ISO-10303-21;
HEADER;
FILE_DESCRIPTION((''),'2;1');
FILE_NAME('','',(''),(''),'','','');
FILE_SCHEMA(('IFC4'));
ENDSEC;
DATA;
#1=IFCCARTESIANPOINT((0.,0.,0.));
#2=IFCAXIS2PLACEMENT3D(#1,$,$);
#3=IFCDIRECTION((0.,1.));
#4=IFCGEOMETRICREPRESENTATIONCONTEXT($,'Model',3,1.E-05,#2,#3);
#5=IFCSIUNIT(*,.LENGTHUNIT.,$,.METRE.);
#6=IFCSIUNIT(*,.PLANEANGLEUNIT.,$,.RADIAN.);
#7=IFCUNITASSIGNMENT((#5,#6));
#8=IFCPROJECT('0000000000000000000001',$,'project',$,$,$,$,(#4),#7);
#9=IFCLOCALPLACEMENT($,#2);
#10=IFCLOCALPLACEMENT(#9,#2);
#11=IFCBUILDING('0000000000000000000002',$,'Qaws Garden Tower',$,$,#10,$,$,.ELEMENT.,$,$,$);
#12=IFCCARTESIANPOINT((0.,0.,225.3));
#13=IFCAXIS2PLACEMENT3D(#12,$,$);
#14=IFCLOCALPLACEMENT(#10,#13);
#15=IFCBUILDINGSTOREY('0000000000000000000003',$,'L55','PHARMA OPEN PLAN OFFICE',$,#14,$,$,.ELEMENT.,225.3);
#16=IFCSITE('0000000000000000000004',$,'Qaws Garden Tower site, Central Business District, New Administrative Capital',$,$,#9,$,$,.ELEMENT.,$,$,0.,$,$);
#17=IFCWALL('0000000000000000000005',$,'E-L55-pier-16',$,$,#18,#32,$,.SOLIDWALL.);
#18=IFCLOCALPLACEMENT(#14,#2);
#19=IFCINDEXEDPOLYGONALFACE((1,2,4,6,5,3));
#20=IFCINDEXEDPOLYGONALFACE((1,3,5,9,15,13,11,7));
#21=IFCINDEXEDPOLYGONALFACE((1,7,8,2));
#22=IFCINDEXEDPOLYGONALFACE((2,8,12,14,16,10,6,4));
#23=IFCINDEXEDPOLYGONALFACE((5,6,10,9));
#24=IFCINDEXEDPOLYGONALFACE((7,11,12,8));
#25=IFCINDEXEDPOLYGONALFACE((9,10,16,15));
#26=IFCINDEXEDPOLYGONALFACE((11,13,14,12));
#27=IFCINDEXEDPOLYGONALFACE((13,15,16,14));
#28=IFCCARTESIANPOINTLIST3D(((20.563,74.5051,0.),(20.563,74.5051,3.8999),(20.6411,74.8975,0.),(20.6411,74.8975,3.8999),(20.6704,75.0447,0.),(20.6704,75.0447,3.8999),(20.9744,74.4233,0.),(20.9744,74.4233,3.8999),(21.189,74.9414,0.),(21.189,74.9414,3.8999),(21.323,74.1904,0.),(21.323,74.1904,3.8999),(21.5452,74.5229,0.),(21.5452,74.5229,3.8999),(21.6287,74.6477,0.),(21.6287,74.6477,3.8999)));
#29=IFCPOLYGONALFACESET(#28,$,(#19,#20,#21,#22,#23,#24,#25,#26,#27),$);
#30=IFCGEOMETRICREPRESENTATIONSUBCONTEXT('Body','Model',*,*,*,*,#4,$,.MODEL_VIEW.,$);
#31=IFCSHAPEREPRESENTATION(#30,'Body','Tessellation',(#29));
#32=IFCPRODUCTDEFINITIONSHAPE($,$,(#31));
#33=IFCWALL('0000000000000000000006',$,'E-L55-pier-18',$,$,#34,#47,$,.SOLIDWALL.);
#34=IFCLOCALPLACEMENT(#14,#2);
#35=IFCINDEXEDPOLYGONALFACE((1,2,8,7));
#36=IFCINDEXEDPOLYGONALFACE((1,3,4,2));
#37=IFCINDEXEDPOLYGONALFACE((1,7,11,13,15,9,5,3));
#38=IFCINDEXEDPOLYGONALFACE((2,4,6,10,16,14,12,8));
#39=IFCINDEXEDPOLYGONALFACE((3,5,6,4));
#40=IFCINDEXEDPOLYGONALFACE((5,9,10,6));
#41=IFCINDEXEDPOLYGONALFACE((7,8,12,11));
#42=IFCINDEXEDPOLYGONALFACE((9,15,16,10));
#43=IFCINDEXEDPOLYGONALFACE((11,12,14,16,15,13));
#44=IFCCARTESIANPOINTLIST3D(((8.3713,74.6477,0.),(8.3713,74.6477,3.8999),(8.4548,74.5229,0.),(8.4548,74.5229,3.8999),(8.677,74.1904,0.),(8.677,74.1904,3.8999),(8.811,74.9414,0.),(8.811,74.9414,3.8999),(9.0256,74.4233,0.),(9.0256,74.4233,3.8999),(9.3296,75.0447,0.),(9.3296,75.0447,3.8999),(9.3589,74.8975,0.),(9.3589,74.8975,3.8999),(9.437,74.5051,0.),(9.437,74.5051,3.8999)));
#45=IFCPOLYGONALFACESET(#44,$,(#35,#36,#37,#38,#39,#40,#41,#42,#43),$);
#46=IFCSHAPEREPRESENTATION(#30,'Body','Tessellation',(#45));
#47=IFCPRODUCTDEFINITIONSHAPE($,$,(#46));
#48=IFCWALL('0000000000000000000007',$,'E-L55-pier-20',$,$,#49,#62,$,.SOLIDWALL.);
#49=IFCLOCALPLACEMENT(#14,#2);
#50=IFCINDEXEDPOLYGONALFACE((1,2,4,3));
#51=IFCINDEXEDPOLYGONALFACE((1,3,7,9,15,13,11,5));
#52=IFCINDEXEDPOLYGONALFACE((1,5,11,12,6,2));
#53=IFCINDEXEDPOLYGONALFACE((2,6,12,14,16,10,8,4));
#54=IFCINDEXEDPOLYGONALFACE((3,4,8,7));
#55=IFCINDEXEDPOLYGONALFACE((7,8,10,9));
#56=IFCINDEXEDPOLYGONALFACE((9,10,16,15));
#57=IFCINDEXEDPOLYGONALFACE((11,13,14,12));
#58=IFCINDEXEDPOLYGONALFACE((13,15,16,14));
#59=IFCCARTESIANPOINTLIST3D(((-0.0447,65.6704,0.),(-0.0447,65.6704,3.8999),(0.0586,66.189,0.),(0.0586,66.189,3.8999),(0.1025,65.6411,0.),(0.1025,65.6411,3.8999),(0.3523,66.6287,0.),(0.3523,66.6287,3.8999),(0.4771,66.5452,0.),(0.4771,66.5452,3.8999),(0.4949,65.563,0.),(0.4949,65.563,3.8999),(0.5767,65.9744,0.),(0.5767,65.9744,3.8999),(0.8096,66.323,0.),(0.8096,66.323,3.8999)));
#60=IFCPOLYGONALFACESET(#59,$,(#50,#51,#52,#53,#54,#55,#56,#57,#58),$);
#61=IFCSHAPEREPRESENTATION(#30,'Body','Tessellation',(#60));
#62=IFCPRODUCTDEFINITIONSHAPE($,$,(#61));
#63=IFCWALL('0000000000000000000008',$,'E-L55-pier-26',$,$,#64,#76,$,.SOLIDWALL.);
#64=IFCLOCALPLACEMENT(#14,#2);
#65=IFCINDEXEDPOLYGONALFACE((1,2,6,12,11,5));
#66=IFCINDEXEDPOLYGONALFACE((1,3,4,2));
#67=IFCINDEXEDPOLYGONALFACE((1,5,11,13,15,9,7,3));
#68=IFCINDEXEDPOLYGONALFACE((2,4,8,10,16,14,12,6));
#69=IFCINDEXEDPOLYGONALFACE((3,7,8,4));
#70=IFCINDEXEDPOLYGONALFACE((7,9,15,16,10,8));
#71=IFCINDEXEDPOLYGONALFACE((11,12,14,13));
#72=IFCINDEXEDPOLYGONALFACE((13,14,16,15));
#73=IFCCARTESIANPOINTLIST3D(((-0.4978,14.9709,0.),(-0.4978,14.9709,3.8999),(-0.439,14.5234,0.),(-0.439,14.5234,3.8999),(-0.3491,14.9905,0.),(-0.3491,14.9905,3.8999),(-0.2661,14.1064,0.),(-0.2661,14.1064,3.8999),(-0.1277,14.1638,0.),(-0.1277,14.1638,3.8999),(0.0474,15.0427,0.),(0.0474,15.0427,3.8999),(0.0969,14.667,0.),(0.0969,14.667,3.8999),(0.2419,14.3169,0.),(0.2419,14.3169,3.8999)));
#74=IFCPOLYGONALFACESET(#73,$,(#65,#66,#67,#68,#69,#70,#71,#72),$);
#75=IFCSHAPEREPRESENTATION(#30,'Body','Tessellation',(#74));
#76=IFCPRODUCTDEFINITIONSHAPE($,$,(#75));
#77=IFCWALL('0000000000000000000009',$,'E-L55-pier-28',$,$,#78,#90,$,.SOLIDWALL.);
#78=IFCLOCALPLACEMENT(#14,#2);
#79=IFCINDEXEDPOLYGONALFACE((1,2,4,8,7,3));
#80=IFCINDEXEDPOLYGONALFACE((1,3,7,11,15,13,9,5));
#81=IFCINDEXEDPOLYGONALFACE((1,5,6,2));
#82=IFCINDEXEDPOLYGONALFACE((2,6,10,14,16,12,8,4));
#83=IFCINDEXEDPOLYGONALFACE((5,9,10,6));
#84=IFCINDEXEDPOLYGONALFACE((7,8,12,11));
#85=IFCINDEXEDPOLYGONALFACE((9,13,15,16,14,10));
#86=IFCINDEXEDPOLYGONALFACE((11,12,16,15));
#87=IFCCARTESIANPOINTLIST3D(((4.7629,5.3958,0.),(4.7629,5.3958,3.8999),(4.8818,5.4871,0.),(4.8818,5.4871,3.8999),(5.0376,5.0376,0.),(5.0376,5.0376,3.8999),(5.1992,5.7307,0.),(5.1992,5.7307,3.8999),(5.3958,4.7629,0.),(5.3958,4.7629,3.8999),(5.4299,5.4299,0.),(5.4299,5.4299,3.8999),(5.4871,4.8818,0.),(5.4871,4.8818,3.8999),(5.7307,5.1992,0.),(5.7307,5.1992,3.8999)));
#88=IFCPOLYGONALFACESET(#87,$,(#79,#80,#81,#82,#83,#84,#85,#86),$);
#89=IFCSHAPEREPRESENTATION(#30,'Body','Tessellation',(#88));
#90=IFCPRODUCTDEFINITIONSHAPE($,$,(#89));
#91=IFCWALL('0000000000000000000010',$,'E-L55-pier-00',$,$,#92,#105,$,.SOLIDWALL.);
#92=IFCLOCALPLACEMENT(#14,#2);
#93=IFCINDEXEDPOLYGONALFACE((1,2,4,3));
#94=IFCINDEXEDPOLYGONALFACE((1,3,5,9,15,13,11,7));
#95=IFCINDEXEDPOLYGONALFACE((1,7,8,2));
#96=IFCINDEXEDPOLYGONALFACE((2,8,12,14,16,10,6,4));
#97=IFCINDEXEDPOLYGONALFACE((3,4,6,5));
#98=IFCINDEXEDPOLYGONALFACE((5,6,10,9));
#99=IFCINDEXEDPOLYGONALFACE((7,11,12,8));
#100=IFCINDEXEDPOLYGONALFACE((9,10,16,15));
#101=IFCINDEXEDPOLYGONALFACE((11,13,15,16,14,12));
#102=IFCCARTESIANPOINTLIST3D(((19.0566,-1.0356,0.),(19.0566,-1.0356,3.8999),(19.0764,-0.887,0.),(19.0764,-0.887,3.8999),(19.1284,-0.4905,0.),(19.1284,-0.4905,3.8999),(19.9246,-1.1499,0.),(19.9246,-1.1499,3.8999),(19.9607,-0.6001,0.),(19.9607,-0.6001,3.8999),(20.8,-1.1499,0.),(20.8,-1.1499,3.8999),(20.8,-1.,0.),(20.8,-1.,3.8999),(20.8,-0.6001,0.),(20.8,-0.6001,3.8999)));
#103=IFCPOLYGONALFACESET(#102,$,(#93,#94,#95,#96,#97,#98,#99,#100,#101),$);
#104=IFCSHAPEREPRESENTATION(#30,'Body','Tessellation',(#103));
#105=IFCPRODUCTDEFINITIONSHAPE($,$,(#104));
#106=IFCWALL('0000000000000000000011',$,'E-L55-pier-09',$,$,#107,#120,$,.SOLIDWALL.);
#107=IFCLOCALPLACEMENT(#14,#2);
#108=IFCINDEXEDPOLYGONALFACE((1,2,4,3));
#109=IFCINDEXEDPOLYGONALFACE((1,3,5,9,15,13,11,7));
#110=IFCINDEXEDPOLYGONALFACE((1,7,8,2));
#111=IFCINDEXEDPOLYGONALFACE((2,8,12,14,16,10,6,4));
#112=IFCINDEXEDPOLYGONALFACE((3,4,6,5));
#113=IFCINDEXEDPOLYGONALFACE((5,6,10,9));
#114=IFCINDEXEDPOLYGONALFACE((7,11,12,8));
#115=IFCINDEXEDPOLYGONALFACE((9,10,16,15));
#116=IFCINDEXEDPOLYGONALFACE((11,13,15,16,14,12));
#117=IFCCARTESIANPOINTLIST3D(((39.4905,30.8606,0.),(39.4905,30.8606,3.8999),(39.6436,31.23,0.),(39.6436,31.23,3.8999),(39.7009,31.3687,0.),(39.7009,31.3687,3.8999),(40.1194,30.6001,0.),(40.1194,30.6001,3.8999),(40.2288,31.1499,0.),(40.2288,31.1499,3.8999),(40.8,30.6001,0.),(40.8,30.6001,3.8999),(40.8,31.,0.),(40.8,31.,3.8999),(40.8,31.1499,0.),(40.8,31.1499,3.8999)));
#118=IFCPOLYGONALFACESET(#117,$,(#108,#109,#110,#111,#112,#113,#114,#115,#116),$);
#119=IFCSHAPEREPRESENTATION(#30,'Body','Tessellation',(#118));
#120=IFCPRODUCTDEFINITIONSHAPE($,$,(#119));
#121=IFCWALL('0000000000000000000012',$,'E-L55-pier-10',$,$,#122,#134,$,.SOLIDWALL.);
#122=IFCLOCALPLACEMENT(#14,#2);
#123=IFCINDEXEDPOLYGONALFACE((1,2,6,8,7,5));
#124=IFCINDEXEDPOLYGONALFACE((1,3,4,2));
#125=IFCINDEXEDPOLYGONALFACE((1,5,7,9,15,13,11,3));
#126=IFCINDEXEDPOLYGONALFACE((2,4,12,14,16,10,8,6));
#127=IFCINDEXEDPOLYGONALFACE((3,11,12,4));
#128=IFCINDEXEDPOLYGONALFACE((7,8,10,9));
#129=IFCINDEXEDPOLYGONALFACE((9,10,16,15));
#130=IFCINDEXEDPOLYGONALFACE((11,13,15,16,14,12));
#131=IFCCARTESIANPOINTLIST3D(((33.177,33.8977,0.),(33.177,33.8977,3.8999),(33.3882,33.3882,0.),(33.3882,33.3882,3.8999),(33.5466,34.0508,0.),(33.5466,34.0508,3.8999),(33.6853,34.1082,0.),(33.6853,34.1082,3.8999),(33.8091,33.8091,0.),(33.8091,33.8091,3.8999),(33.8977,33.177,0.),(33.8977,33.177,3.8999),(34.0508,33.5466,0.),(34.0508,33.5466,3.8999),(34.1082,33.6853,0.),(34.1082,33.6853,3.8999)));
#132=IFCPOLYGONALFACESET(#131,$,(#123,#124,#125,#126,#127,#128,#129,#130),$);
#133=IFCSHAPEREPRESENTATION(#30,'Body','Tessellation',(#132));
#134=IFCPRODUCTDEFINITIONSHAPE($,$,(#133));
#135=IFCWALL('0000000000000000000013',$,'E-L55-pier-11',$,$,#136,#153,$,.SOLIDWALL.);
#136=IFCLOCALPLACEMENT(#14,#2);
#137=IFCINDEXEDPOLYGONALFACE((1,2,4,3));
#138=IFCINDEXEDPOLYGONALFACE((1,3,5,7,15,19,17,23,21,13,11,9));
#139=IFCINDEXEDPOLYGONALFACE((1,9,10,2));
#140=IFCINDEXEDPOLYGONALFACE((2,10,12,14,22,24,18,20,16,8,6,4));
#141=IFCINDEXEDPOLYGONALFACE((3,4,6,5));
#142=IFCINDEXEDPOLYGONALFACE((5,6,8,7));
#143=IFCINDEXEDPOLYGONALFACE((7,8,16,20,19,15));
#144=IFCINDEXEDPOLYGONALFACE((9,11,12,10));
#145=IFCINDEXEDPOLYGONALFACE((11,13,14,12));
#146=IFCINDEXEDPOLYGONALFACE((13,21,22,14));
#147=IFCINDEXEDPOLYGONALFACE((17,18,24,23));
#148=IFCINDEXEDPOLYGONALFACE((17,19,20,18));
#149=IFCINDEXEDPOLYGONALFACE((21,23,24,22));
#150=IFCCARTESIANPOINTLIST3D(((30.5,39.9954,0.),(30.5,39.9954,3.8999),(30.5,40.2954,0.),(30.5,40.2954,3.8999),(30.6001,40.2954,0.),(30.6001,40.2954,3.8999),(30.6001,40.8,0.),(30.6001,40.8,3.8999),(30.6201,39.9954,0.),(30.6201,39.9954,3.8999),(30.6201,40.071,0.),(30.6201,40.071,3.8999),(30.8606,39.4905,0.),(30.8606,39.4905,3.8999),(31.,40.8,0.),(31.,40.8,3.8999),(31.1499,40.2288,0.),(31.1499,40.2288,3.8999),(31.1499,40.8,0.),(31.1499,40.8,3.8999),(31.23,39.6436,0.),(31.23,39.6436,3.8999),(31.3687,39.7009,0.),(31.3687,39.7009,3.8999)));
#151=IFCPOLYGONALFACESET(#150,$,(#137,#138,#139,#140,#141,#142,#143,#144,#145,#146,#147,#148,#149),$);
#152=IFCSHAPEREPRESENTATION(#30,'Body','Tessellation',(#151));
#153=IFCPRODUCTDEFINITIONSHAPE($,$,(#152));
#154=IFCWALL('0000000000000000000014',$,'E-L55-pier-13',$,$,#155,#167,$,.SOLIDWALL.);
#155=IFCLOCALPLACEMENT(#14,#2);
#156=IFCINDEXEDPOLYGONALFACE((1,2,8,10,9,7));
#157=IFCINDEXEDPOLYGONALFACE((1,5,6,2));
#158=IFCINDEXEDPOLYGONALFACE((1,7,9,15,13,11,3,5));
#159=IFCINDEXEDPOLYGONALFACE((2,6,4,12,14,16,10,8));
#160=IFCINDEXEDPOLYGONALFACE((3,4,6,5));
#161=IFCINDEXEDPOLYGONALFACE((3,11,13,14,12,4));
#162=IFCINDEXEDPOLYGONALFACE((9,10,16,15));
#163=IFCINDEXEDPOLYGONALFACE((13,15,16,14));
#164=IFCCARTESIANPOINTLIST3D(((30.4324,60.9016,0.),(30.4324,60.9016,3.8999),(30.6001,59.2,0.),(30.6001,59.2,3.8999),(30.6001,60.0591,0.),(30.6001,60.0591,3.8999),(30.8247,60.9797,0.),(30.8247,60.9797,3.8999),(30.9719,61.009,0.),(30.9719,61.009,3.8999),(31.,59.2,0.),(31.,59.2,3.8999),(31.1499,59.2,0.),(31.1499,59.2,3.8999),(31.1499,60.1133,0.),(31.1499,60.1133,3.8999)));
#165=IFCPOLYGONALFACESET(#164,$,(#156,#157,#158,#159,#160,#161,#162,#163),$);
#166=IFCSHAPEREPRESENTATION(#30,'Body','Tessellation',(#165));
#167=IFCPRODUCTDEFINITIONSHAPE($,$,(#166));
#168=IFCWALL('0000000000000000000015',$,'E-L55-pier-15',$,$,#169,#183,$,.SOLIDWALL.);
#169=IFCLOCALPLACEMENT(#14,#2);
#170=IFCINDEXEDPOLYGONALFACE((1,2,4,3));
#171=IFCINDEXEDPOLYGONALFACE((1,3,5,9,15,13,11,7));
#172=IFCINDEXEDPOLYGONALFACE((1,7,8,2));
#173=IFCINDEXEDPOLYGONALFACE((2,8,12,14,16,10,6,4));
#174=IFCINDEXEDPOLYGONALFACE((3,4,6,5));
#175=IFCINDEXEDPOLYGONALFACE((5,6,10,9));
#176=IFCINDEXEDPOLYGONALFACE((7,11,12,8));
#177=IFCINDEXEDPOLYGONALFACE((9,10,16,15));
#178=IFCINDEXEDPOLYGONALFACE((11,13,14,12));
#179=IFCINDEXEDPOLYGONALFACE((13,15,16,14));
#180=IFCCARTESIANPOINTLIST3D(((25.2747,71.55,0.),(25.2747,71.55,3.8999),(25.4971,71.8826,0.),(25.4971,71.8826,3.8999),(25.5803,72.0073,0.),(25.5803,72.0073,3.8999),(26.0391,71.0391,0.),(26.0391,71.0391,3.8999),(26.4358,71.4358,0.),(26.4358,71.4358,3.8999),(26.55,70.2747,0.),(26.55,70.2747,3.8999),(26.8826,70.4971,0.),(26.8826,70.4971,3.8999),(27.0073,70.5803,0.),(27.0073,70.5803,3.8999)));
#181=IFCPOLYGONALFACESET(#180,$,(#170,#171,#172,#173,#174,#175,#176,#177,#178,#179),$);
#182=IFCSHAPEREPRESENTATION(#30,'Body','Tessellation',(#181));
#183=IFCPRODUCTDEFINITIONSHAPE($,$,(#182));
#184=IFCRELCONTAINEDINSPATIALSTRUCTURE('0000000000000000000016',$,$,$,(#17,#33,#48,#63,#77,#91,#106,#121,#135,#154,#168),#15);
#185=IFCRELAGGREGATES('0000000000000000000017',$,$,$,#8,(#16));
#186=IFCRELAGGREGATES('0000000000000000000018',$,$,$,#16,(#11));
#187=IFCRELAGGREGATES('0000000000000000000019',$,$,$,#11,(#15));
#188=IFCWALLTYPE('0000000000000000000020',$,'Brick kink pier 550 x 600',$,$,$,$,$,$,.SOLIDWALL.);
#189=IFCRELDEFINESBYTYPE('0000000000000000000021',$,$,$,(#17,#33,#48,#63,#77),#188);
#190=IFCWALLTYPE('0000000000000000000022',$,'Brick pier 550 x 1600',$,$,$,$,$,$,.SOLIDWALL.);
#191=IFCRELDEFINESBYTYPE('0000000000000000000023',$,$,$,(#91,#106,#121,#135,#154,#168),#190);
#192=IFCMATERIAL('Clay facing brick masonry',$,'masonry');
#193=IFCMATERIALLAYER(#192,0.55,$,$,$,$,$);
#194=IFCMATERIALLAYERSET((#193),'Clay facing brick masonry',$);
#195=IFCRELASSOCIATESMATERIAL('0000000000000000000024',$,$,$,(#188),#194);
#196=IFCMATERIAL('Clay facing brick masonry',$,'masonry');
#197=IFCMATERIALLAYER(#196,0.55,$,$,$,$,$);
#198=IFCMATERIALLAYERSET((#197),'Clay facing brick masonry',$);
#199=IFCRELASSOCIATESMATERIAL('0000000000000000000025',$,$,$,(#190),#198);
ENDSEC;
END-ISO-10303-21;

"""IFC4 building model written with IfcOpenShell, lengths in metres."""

from ifc_helpers import new_model, si_unit, direction, frame, origin, place, context, subcontext, project, spatial, polyline, outline, extrude, material, layer, layer_set, type_object, element, save


model = new_model("IFC4")

# Units and contexts
model_context = context("Model", 3, precision=1e-05, world=origin(), true_north=direction((0.0, 1.0)))
body_context = subcontext(model_context, "Body", "Model", "MODEL_VIEW")
ifc_project = project(units=[si_unit("LENGTHUNIT", "METRE"), si_unit("PLANEANGLEUNIT", "RADIAN")], contexts=[model_context])

# Site, building, storey
site_placement = place(None, origin())
site = spatial("IfcSite", under=ifc_project, at=site_placement, Name="Qaws Garden Tower site, Central Business District, New Administrative Capital", CompositionType="ELEMENT", RefElevation=0.0)
building_placement = place(site_placement, origin())
building = spatial("IfcBuilding", under=site, at=building_placement, Name="Qaws Garden Tower", CompositionType="ELEMENT")
storey_placement = place(building_placement, frame((0.0, 0.0, 225.3)))
storey = spatial("IfcBuildingStorey", under=building, at=storey_placement, Name="L55", Description="PHARMA OPEN PLAN OFFICE", CompositionType="ELEMENT", Elevation=225.3)

# Walls
placement = place(storey_placement, origin())
ifc_material_1 = material(Name="Clay facing brick masonry", Category="masonry")
ifc_layer_1 = layer(ifc_material_1, 0.55)
ifc_layer_set_1 = layer_set([ifc_layer_1], Name="Clay facing brick masonry")
wall_type_1 = type_object("IfcWallType", Name="Brick kink pier 550 x 600", PredefinedType="SOLIDWALL", material=ifc_layer_set_1)
element("IfcWall", 1, at=placement, inside=storey, type_object=wall_type_1, Name="E-L55-pier-16", PredefinedType="SOLIDWALL", context=body_context, shape_type="SweptSolid", body=[
    extrude(outline(polyline([(21.5452, 74.5229), (21.6287, 74.6477), (21.189, 74.9414), (20.6704, 75.0447), (20.6411, 74.8975), (20.563, 74.5051), (20.9744, 74.4233), (21.323, 74.1904), (21.5452, 74.5229)])), origin(), (0.0, 0.0, 1.0), 3.8999),
])
element("IfcWall", 2, at=placement, inside=storey, type_object=wall_type_1, Name="E-L55-pier-18", PredefinedType="SOLIDWALL", context=body_context, shape_type="SweptSolid", body=[
    extrude(outline(polyline([(9.3589, 74.8975), (9.3296, 75.0447), (8.811, 74.9414), (8.3713, 74.6477), (8.4548, 74.5229), (8.677, 74.1904), (9.0256, 74.4233), (9.437, 74.5051), (9.3589, 74.8975)])), origin(), (0.0, 0.0, 1.0), 3.8999),
])
element("IfcWall", 3, at=placement, inside=storey, type_object=wall_type_1, Name="E-L55-pier-20", PredefinedType="SOLIDWALL", context=body_context, shape_type="SweptSolid", body=[
    extrude(outline(polyline([(0.4771, 66.5452), (0.3523, 66.6287), (0.0586, 66.189), (-0.0447, 65.6704), (0.1025, 65.6411), (0.4949, 65.563), (0.5767, 65.9744), (0.8096, 66.323), (0.4771, 66.5452)])), origin(), (0.0, 0.0, 1.0), 3.8999),
])
element("IfcWall", 4, at=placement, inside=storey, type_object=wall_type_1, Name="E-L55-pier-26", PredefinedType="SOLIDWALL", context=body_context, shape_type="SweptSolid", body=[
    extrude(outline(polyline([(-0.3491, 14.9905), (-0.4978, 14.9709), (-0.439, 14.5234), (-0.2661, 14.1064), (-0.1277, 14.1638), (0.2419, 14.3169), (0.0969, 14.667), (0.0474, 15.0427), (-0.3491, 14.9905)])), origin(), (0.0, 0.0, 1.0), 3.8999),
])
element("IfcWall", 5, at=placement, inside=storey, type_object=wall_type_1, Name="E-L55-pier-28", PredefinedType="SOLIDWALL", context=body_context, shape_type="SweptSolid", body=[
    extrude(outline(polyline([(4.8818, 5.4871), (4.7629, 5.3958), (5.0376, 5.0376), (5.3958, 4.7629), (5.4871, 4.8818), (5.7307, 5.1992), (5.4299, 5.4299), (5.1992, 5.7307), (4.8818, 5.4871)])), origin(), (0.0, 0.0, 1.0), 3.8999),
])
ifc_material_2 = material(Name="Clay facing brick masonry", Category="masonry")
ifc_layer_2 = layer(ifc_material_2, 0.55)
ifc_layer_set_2 = layer_set([ifc_layer_2], Name="Clay facing brick masonry")
wall_type_2 = type_object("IfcWallType", Name="Brick pier 550 x 1600", PredefinedType="SOLIDWALL", material=ifc_layer_set_2)
element("IfcWall", 6, at=placement, inside=storey, type_object=wall_type_2, Name="E-L55-pier-00", PredefinedType="SOLIDWALL", context=body_context, shape_type="SweptSolid", body=[
    extrude(outline(polyline([(19.0764, -0.887), (19.0566, -1.0356), (19.9246, -1.1499), (20.8, -1.1499), (20.8, -1.0), (20.8, -0.6001), (19.9607, -0.6001), (19.1284, -0.4905), (19.0764, -0.887)])), origin(), (0.0, 0.0, 1.0), 3.8999),
])
element("IfcWall", 7, at=placement, inside=storey, type_object=wall_type_2, Name="E-L55-pier-09", PredefinedType="SOLIDWALL", context=body_context, shape_type="SweptSolid", body=[
    extrude(outline(polyline([(40.8, 31.0), (40.8, 31.1499), (40.2288, 31.1499), (39.7009, 31.3687), (39.6436, 31.23), (39.4905, 30.8606), (40.1194, 30.6001), (40.8, 30.6001), (40.8, 31.0)])), origin(), (0.0, 0.0, 1.0), 3.8999),
])
element("IfcWall", 8, at=placement, inside=storey, type_object=wall_type_2, Name="E-L55-pier-10", PredefinedType="SOLIDWALL", context=body_context, shape_type="SweptSolid", body=[
    extrude(outline(polyline([(34.0508, 33.5466), (34.1082, 33.6853), (33.8091, 33.8091), (33.6853, 34.1082), (33.5466, 34.0508), (33.177, 33.8977), (33.3882, 33.3882), (33.8977, 33.177), (34.0508, 33.5466)])), origin(), (0.0, 0.0, 1.0), 3.8999),
])
element("IfcWall", 9, at=placement, inside=storey, type_object=wall_type_2, Name="E-L55-pier-11", PredefinedType="SOLIDWALL", context=body_context, shape_type="SweptSolid", body=[
    extrude(outline(polyline([(30.6201, 39.9954), (30.6201, 40.071), (30.8606, 39.4905), (31.23, 39.6436), (31.3687, 39.7009), (31.1499, 40.2288), (31.1499, 40.8), (31.0, 40.8), (30.6001, 40.8), (30.6001, 40.2954), (30.5, 40.2954), (30.5, 39.9954), (30.6201, 39.9954)])), origin(), (0.0, 0.0, 1.0), 3.8999),
])
element("IfcWall", 10, at=placement, inside=storey, type_object=wall_type_2, Name="E-L55-pier-13", PredefinedType="SOLIDWALL", context=body_context, shape_type="SweptSolid", body=[
    extrude(outline(polyline([(31.0, 59.2), (31.1499, 59.2), (31.1499, 60.1133), (30.9719, 61.009), (30.8247, 60.9797), (30.4324, 60.9016), (30.6001, 60.0591), (30.6001, 59.2), (31.0, 59.2)])), origin(), (0.0, 0.0, 1.0), 3.8999),
])
element("IfcWall", 11, at=placement, inside=storey, type_object=wall_type_2, Name="E-L55-pier-15", PredefinedType="SOLIDWALL", context=body_context, shape_type="SweptSolid", body=[
    extrude(outline(polyline([(26.8826, 70.4971), (27.0073, 70.5803), (26.4358, 71.4358), (25.5803, 72.0073), (25.4971, 71.8826), (25.2747, 71.55), (26.0391, 71.0391), (26.55, 70.2747), (26.8826, 70.4971)])), origin(), (0.0, 0.0, 1.0), 3.8999),
])

save(model, "model.ifc")
